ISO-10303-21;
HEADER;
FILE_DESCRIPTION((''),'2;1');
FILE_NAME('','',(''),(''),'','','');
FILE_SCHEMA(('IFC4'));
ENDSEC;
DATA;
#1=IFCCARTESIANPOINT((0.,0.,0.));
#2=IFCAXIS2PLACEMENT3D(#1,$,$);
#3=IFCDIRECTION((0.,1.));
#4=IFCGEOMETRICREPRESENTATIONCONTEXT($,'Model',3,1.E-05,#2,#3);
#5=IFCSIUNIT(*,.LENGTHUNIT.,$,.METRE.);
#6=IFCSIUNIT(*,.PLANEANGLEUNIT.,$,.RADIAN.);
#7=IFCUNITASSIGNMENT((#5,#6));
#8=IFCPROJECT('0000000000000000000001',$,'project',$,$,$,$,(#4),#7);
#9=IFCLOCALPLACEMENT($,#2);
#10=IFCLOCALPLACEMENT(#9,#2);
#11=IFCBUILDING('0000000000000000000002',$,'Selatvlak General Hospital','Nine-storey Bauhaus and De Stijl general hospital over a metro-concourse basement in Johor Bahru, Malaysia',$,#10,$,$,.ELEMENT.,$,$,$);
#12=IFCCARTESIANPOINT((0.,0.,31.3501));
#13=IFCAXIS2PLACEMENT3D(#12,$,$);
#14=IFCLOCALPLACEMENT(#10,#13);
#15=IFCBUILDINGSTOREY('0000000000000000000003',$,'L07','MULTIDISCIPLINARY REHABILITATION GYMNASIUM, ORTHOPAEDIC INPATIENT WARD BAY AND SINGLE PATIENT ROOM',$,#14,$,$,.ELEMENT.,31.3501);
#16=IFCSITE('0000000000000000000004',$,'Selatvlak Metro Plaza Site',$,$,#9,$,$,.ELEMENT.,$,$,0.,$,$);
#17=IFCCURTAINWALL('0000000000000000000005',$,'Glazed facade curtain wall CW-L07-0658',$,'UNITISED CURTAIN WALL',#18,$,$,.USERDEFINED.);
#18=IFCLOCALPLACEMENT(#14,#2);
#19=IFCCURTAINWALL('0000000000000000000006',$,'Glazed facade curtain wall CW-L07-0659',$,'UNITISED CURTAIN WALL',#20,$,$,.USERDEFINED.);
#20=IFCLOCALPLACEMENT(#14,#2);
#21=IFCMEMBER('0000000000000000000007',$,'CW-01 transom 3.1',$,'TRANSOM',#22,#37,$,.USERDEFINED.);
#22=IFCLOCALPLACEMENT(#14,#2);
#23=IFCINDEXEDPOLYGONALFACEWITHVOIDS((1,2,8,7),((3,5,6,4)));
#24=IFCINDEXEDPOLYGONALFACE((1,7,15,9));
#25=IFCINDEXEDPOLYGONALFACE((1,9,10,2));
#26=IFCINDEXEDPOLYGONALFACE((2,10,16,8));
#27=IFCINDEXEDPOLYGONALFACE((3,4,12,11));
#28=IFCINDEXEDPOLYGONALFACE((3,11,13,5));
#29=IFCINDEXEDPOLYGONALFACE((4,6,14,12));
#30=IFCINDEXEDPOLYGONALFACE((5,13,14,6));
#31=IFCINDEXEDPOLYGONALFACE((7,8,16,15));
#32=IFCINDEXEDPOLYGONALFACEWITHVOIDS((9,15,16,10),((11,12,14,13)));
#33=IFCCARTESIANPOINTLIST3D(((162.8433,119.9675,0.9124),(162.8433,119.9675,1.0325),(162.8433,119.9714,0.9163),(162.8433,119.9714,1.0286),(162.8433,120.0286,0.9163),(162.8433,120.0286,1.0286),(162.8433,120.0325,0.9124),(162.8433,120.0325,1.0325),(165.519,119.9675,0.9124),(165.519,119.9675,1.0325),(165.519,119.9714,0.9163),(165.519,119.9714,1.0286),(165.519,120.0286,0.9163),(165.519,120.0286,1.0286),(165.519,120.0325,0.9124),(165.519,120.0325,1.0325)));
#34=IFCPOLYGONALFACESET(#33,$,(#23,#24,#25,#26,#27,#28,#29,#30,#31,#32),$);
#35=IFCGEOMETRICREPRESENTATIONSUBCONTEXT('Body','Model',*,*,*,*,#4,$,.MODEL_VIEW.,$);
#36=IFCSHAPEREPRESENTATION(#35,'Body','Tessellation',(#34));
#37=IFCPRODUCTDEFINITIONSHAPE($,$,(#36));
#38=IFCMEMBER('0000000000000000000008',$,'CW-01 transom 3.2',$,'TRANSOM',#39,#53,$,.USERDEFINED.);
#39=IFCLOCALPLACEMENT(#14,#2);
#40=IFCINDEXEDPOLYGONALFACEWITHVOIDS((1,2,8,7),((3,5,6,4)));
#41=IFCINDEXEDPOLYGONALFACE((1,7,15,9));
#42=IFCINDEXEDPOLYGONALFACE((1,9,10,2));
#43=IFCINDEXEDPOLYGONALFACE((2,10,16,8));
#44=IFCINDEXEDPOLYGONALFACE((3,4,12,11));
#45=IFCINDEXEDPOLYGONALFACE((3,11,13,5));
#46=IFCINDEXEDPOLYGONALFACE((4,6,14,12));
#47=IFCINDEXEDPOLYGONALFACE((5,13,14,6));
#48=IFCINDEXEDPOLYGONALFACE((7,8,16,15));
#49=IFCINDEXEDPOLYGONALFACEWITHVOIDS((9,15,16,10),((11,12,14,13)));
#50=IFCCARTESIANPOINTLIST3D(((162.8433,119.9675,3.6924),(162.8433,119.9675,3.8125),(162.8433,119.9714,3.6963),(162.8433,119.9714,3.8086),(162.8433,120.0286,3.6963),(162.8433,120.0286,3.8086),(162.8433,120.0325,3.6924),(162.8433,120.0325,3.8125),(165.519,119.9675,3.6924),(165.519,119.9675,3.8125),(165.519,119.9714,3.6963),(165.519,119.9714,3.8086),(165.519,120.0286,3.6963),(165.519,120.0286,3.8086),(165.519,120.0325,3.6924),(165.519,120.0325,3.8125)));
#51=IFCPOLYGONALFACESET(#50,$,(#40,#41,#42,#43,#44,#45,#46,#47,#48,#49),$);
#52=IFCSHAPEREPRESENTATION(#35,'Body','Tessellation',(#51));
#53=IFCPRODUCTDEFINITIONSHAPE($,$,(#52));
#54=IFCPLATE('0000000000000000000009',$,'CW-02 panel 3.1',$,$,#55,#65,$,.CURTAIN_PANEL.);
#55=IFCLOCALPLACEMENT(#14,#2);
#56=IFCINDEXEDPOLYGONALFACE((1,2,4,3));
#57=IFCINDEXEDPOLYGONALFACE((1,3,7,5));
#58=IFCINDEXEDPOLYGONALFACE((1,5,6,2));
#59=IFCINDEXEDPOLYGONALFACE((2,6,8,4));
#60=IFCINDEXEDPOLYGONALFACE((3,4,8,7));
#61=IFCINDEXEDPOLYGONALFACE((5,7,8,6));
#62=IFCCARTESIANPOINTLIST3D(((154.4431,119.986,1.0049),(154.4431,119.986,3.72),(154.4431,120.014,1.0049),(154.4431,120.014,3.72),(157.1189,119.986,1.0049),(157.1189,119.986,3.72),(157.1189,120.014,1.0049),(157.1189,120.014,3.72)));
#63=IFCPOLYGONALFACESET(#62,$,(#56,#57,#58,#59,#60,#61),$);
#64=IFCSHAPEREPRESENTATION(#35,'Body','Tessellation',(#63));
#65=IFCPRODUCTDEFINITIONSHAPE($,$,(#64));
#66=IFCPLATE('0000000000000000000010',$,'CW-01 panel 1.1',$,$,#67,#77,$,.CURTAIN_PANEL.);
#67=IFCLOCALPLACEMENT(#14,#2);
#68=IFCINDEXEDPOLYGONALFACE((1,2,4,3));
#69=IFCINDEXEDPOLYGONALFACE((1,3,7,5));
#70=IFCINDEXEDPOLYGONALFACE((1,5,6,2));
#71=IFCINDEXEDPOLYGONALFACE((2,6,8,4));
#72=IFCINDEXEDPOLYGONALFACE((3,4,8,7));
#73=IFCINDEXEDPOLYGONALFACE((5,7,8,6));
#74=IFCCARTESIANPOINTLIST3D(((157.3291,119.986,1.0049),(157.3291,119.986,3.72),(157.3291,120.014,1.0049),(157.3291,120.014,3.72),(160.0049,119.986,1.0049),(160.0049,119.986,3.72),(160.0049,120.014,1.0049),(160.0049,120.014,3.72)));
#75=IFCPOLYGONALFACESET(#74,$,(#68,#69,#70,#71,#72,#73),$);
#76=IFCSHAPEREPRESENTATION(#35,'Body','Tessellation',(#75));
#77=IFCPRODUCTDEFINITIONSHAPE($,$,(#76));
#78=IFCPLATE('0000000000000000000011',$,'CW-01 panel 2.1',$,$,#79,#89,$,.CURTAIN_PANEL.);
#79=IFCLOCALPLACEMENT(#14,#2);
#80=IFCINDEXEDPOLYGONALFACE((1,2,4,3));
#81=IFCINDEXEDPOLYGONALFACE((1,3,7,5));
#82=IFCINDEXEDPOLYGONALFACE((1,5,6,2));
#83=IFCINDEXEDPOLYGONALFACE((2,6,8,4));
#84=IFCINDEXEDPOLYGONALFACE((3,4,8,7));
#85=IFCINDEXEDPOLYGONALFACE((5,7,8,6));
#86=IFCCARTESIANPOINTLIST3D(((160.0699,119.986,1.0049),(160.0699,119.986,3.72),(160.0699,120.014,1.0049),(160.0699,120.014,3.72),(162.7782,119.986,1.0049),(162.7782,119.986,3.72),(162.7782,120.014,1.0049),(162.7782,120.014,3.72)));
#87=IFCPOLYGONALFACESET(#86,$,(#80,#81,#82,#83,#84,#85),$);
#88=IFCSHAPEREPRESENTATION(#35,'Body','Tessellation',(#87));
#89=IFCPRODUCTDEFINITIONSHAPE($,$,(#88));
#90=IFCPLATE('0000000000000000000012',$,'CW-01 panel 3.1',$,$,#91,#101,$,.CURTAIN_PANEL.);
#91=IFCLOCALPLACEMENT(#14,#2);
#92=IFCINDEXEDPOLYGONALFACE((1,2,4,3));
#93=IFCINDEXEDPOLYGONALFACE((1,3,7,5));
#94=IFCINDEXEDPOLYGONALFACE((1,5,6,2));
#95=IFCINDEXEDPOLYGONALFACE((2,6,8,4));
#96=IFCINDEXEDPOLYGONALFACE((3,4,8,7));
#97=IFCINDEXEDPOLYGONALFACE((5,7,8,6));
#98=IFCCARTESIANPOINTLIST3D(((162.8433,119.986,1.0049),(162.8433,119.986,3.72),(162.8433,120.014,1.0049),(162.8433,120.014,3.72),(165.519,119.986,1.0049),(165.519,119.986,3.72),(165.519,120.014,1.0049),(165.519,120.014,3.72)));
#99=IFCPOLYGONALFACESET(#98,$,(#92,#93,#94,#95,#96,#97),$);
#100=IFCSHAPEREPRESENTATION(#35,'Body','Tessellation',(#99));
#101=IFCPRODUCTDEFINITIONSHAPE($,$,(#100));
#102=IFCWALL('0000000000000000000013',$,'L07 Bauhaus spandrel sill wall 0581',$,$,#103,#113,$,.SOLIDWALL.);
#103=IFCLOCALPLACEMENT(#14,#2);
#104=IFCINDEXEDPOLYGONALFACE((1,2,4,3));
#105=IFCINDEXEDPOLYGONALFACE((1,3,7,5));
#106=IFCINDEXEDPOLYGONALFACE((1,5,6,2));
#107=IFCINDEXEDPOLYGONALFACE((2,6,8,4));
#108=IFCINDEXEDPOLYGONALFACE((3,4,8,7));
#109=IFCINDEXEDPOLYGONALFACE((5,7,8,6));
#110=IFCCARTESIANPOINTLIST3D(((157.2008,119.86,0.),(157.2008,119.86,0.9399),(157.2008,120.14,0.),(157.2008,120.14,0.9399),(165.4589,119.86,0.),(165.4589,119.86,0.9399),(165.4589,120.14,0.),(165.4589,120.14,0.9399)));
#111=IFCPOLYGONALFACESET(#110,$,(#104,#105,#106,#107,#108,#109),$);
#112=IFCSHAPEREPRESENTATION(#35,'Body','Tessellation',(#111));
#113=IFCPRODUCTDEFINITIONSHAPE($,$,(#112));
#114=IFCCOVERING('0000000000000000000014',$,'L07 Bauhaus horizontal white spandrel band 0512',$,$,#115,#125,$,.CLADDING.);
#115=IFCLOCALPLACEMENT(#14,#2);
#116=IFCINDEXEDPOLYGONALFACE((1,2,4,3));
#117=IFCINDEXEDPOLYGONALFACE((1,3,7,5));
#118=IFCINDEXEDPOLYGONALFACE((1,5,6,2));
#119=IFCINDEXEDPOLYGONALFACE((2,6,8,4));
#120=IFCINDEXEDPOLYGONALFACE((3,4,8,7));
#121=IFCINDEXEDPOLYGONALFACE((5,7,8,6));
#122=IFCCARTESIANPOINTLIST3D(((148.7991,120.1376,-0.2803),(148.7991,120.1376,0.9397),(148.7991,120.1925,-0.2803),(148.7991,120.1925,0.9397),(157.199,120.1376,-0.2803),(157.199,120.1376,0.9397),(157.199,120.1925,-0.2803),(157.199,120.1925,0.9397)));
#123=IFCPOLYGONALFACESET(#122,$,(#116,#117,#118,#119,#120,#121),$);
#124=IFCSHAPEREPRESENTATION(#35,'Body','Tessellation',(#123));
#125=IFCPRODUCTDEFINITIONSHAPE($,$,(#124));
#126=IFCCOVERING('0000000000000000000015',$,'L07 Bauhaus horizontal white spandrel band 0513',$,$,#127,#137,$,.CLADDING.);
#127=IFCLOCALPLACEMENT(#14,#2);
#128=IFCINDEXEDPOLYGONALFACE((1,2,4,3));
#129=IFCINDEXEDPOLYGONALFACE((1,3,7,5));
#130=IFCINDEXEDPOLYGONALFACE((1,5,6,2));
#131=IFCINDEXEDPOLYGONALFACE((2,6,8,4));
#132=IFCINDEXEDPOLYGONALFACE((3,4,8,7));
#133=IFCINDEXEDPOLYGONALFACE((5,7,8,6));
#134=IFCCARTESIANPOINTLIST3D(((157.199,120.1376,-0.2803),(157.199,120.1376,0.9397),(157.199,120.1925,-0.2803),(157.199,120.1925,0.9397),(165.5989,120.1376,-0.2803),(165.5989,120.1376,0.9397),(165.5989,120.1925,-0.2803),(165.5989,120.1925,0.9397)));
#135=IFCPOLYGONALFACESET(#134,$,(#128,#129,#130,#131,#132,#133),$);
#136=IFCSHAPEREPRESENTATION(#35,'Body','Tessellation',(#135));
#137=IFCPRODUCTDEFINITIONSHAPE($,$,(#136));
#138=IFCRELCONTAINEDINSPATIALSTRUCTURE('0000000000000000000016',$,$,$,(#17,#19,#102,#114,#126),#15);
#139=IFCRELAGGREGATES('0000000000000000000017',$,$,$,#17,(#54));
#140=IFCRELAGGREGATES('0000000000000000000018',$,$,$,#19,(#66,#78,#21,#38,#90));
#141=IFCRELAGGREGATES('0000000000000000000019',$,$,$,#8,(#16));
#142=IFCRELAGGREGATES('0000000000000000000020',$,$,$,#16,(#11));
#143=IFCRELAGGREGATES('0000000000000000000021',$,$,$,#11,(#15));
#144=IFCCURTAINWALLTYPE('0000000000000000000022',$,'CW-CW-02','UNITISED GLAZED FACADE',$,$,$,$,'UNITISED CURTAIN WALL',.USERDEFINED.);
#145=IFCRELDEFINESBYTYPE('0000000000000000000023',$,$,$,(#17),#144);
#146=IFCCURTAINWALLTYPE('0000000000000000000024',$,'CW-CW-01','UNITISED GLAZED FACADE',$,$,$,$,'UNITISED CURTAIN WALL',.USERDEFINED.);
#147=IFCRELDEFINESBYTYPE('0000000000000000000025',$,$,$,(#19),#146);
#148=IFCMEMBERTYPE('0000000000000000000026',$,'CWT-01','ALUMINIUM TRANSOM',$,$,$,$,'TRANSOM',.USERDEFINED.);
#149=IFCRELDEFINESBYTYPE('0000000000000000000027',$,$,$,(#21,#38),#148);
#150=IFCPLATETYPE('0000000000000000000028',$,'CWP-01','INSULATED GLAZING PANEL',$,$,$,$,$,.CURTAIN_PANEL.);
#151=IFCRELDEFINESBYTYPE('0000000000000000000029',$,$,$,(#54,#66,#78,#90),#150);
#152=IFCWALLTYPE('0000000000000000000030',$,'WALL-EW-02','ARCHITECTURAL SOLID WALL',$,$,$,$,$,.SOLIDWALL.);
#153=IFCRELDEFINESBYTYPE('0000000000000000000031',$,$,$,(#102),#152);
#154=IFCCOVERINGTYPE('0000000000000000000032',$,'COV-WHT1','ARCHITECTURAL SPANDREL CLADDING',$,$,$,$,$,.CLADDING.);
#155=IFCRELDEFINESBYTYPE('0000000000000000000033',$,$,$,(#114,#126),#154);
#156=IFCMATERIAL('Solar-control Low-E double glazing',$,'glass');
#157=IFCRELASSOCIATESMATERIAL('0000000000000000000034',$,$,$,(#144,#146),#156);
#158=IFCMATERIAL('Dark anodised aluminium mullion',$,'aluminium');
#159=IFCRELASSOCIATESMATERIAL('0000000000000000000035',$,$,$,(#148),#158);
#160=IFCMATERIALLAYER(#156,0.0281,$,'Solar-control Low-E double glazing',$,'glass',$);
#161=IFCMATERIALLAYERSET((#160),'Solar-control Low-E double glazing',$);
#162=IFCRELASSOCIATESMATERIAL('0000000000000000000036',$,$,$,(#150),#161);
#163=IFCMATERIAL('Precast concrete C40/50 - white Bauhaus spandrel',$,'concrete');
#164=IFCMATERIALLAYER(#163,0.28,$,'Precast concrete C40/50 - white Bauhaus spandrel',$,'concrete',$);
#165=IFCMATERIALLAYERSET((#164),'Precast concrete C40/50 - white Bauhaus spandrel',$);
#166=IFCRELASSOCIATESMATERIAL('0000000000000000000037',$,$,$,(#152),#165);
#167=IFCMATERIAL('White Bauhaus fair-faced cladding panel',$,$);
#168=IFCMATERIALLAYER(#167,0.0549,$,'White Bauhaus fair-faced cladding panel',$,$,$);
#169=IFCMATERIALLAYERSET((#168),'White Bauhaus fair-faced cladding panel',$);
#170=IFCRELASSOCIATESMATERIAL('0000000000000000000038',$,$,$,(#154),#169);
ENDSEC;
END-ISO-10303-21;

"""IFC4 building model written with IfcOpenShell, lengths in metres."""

from ifc_helpers import new_model, si_unit, direction, frame, frame_2d, origin, origin_2d, place, context, subcontext, project, spatial, rectangle, hollow_rectangle, extrude, material, layer, layer_set, material_profile, profile_set, type_object, element, aggregate, save


model = new_model("IFC4")

# Units and contexts
model_context = context("Model", 3, precision=1e-05, world=origin(), true_north=direction((0.0, 1.0)))
body_context = subcontext(model_context, "Body", "Model", "MODEL_VIEW")
ifc_project = project(units=[si_unit("LENGTHUNIT", "METRE"), si_unit("PLANEANGLEUNIT", "RADIAN")], contexts=[model_context])

# Site, building, storey
site_placement = place(None, origin())
site = spatial("IfcSite", under=ifc_project, at=site_placement, Name="Selatvlak Metro Plaza Site", CompositionType="ELEMENT", RefElevation=0.0)
building_placement = place(site_placement, origin())
building = spatial("IfcBuilding", under=site, at=building_placement, Name="Selatvlak General Hospital", Description="Nine-storey Bauhaus and De Stijl general hospital over a metro-concourse basement in Johor Bahru, Malaysia", CompositionType="ELEMENT")
storey_placement = place(building_placement, frame((0.0, 0.0, 31.3501)))
storey = spatial("IfcBuildingStorey", under=building, at=storey_placement, Name="L07", Description="MULTIDISCIPLINARY REHABILITATION GYMNASIUM, ORTHOPAEDIC INPATIENT WARD BAY AND SINGLE PATIENT ROOM", CompositionType="ELEMENT", Elevation=31.3501)

# Curtain walls
ifc_material_1 = material(Name="Solar-control Low-E double glazing", Category="glass")
curtain_wall_type_1 = type_object("IfcCurtainWallType", Name="CW-CW-02", Description="UNITISED GLAZED FACADE", ElementType="UNITISED CURTAIN WALL", PredefinedType="USERDEFINED", material=ifc_material_1)
curtain_wall_1_placement = place(storey_placement, origin())
curtain_wall_1 = element("IfcCurtainWall", 1, at=curtain_wall_1_placement, inside=storey, type_object=curtain_wall_type_1, Name="Glazed facade curtain wall CW-L07-0658", ObjectType="UNITISED CURTAIN WALL", PredefinedType="USERDEFINED")
ifc_material_2 = material(Name="Dark anodised aluminium mullion", Category="aluminium")
curtain_wall_type_2 = type_object("IfcCurtainWallType", Name="CW-CW-01", Description="UNITISED GLAZED FACADE", ElementType="UNITISED CURTAIN WALL", PredefinedType="USERDEFINED", material=ifc_material_1)
curtain_wall_2_placement = place(storey_placement, origin())
curtain_wall_2 = element("IfcCurtainWall", 2, at=curtain_wall_2_placement, inside=storey, type_object=curtain_wall_type_2, Name="Glazed facade curtain wall CW-L07-0659", ObjectType="UNITISED CURTAIN WALL", PredefinedType="USERDEFINED")

# Members
ifc_material_profile_1 = material_profile(ifc_material_2, hollow_rectangle(XDim=0.0649, YDim=0.1201, WallThickness=0.0039, at=origin_2d()), Name="AL-TRN 65x120x4")
ifc_profile_set_1 = profile_set([ifc_material_profile_1], Name="Dark anodised aluminium mullion")
member_type_1 = type_object("IfcMemberType", Name="CWT-01", Description="ALUMINIUM TRANSOM", ElementType="TRANSOM", PredefinedType="USERDEFINED", material=ifc_profile_set_1)
member_1_placement = place(storey_placement, frame((162.8433, 120.0, 0.9724), z_axis=(1.0, 0.0, 0.0), x_axis=(0.0, 1.0, 0.0)))
member_1 = element("IfcMember", 3, at=member_1_placement, type_object=member_type_1, Name="CW-01 transom 3.1", ObjectType="TRANSOM", PredefinedType="USERDEFINED", context=body_context, shape_type="SweptSolid", body=[
    extrude(hollow_rectangle(XDim=0.0649, YDim=0.1201, WallThickness=0.0039, at=origin_2d()), origin(), (0.0, 0.0, 1.0), 2.6758),
])
member_2_placement = place(storey_placement, frame((162.8433, 120.0, 3.7524), z_axis=(1.0, 0.0, 0.0), x_axis=(0.0, 1.0, 0.0)))
member_2 = element("IfcMember", 4, at=member_2_placement, type_object=member_type_1, Name="CW-01 transom 3.2", ObjectType="TRANSOM", PredefinedType="USERDEFINED", context=body_context, shape_type="SweptSolid", body=[
    extrude(hollow_rectangle(XDim=0.0649, YDim=0.1201, WallThickness=0.0039, at=origin_2d()), origin(), (0.0, 0.0, 1.0), 2.6758),
])

# Plates
ifc_layer_1 = layer(ifc_material_1, 0.0281, Name="Solar-control Low-E double glazing", Category="glass")
ifc_layer_set_1 = layer_set([ifc_layer_1], Name="Solar-control Low-E double glazing")
plate_type = type_object("IfcPlateType", Name="CWP-01", Description="INSULATED GLAZING PANEL", PredefinedType="CURTAIN_PANEL", material=ifc_layer_set_1)
plate_1_placement = place(storey_placement, frame((155.781, 120.0, 1.0049), z_axis=(0.0, 0.0, 1.0), x_axis=(1.0, 0.0, 0.0)))
plate_1 = element("IfcPlate", 5, at=plate_1_placement, type_object=plate_type, Name="CW-02 panel 3.1", PredefinedType="CURTAIN_PANEL", context=body_context, shape_type="SweptSolid", body=[
    extrude(rectangle(XDim=2.6758, YDim=0.0281, at=origin_2d()), origin(), (0.0, 0.0, 1.0), 2.7151),
])
aggregate(curtain_wall_1, [plate_1])
plate_2_placement = place(storey_placement, frame((158.667, 120.0, 1.0049), z_axis=(0.0, 0.0, 1.0), x_axis=(1.0, 0.0, 0.0)))
plate_2 = element("IfcPlate", 6, at=plate_2_placement, type_object=plate_type, Name="CW-01 panel 1.1", PredefinedType="CURTAIN_PANEL", context=body_context, shape_type="SweptSolid", body=[
    extrude(rectangle(XDim=2.6758, YDim=0.0281, at=origin_2d()), origin(), (0.0, 0.0, 1.0), 2.7151),
])
plate_3_placement = place(storey_placement, frame((161.4241, 120.0, 1.0049), z_axis=(0.0, 0.0, 1.0), x_axis=(1.0, 0.0, 0.0)))
plate_3 = element("IfcPlate", 7, at=plate_3_placement, type_object=plate_type, Name="CW-01 panel 2.1", PredefinedType="CURTAIN_PANEL", context=body_context, shape_type="SweptSolid", body=[
    extrude(rectangle(XDim=2.7083, YDim=0.0281, at=origin_2d()), origin(), (0.0, 0.0, 1.0), 2.7151),
])
plate_4_placement = place(storey_placement, frame((164.1812, 120.0, 1.0049), z_axis=(0.0, 0.0, 1.0), x_axis=(1.0, 0.0, 0.0)))
plate_4 = element("IfcPlate", 8, at=plate_4_placement, type_object=plate_type, Name="CW-01 panel 3.1", PredefinedType="CURTAIN_PANEL", context=body_context, shape_type="SweptSolid", body=[
    extrude(rectangle(XDim=2.6758, YDim=0.0281, at=origin_2d()), origin(), (0.0, 0.0, 1.0), 2.7151),
])
aggregate(curtain_wall_2, [plate_2, plate_3, member_1, member_2, plate_4])

# Wall
ifc_material_3 = material(Name="Precast concrete C40/50 - white Bauhaus spandrel", Category="concrete")
ifc_layer_2 = layer(ifc_material_3, 0.28, Name="Precast concrete C40/50 - white Bauhaus spandrel", Category="concrete")
ifc_layer_set_2 = layer_set([ifc_layer_2], Name="Precast concrete C40/50 - white Bauhaus spandrel")
wall_type = type_object("IfcWallType", Name="WALL-EW-02", Description="ARCHITECTURAL SOLID WALL", PredefinedType="SOLIDWALL", material=ifc_layer_set_2)
wall_placement = place(storey_placement, frame((157.2009, 120.0, 0.0), z_axis=(0.0, 0.0, 1.0), x_axis=(1.0, 0.0, 0.0)))
element("IfcWall", 9, at=wall_placement, inside=storey, type_object=wall_type, Name="L07 Bauhaus spandrel sill wall 0581", PredefinedType="SOLIDWALL", context=body_context, shape_type="SweptSolid", body=[
    extrude(rectangle(XDim=8.2581, YDim=0.28, at=frame_2d((4.1289, 0.0))), origin(), (0.0, 0.0, 1.0), 0.9399),
])

# Coverings
ifc_material_4 = material(Name="White Bauhaus fair-faced cladding panel")
ifc_layer_3 = layer(ifc_material_4, 0.0549, Name="White Bauhaus fair-faced cladding panel")
ifc_layer_set_3 = layer_set([ifc_layer_3], Name="White Bauhaus fair-faced cladding panel")
covering_type = type_object("IfcCoveringType", Name="COV-WHT1", Description="ARCHITECTURAL SPANDREL CLADDING", PredefinedType="CLADDING", material=ifc_layer_set_3)
for number, where, z_axis, x_axis, name in (
    (10, (152.999, 120.165, -0.2803), (0.0, 0.0, 1.0), (1.0, 0.0, 0.0), "L07 Bauhaus horizontal white spandrel band 0512"),
    (11, (161.3989, 120.165, -0.2803), (0.0, 0.0, 1.0), (1.0, 0.0, 0.0), "L07 Bauhaus horizontal white spandrel band 0513"),
):
    element("IfcCovering", number, at=place(storey_placement, frame(where, z_axis=z_axis, x_axis=x_axis)), inside=storey, type_object=covering_type, Name=name, PredefinedType="CLADDING", context=body_context, shape_type="SweptSolid", body=[
        extrude(rectangle(XDim=8.3999, YDim=0.0549, at=origin_2d()), origin(), (0.0, 0.0, 1.0), 1.22),
    ])

save(model, "model.ifc")
